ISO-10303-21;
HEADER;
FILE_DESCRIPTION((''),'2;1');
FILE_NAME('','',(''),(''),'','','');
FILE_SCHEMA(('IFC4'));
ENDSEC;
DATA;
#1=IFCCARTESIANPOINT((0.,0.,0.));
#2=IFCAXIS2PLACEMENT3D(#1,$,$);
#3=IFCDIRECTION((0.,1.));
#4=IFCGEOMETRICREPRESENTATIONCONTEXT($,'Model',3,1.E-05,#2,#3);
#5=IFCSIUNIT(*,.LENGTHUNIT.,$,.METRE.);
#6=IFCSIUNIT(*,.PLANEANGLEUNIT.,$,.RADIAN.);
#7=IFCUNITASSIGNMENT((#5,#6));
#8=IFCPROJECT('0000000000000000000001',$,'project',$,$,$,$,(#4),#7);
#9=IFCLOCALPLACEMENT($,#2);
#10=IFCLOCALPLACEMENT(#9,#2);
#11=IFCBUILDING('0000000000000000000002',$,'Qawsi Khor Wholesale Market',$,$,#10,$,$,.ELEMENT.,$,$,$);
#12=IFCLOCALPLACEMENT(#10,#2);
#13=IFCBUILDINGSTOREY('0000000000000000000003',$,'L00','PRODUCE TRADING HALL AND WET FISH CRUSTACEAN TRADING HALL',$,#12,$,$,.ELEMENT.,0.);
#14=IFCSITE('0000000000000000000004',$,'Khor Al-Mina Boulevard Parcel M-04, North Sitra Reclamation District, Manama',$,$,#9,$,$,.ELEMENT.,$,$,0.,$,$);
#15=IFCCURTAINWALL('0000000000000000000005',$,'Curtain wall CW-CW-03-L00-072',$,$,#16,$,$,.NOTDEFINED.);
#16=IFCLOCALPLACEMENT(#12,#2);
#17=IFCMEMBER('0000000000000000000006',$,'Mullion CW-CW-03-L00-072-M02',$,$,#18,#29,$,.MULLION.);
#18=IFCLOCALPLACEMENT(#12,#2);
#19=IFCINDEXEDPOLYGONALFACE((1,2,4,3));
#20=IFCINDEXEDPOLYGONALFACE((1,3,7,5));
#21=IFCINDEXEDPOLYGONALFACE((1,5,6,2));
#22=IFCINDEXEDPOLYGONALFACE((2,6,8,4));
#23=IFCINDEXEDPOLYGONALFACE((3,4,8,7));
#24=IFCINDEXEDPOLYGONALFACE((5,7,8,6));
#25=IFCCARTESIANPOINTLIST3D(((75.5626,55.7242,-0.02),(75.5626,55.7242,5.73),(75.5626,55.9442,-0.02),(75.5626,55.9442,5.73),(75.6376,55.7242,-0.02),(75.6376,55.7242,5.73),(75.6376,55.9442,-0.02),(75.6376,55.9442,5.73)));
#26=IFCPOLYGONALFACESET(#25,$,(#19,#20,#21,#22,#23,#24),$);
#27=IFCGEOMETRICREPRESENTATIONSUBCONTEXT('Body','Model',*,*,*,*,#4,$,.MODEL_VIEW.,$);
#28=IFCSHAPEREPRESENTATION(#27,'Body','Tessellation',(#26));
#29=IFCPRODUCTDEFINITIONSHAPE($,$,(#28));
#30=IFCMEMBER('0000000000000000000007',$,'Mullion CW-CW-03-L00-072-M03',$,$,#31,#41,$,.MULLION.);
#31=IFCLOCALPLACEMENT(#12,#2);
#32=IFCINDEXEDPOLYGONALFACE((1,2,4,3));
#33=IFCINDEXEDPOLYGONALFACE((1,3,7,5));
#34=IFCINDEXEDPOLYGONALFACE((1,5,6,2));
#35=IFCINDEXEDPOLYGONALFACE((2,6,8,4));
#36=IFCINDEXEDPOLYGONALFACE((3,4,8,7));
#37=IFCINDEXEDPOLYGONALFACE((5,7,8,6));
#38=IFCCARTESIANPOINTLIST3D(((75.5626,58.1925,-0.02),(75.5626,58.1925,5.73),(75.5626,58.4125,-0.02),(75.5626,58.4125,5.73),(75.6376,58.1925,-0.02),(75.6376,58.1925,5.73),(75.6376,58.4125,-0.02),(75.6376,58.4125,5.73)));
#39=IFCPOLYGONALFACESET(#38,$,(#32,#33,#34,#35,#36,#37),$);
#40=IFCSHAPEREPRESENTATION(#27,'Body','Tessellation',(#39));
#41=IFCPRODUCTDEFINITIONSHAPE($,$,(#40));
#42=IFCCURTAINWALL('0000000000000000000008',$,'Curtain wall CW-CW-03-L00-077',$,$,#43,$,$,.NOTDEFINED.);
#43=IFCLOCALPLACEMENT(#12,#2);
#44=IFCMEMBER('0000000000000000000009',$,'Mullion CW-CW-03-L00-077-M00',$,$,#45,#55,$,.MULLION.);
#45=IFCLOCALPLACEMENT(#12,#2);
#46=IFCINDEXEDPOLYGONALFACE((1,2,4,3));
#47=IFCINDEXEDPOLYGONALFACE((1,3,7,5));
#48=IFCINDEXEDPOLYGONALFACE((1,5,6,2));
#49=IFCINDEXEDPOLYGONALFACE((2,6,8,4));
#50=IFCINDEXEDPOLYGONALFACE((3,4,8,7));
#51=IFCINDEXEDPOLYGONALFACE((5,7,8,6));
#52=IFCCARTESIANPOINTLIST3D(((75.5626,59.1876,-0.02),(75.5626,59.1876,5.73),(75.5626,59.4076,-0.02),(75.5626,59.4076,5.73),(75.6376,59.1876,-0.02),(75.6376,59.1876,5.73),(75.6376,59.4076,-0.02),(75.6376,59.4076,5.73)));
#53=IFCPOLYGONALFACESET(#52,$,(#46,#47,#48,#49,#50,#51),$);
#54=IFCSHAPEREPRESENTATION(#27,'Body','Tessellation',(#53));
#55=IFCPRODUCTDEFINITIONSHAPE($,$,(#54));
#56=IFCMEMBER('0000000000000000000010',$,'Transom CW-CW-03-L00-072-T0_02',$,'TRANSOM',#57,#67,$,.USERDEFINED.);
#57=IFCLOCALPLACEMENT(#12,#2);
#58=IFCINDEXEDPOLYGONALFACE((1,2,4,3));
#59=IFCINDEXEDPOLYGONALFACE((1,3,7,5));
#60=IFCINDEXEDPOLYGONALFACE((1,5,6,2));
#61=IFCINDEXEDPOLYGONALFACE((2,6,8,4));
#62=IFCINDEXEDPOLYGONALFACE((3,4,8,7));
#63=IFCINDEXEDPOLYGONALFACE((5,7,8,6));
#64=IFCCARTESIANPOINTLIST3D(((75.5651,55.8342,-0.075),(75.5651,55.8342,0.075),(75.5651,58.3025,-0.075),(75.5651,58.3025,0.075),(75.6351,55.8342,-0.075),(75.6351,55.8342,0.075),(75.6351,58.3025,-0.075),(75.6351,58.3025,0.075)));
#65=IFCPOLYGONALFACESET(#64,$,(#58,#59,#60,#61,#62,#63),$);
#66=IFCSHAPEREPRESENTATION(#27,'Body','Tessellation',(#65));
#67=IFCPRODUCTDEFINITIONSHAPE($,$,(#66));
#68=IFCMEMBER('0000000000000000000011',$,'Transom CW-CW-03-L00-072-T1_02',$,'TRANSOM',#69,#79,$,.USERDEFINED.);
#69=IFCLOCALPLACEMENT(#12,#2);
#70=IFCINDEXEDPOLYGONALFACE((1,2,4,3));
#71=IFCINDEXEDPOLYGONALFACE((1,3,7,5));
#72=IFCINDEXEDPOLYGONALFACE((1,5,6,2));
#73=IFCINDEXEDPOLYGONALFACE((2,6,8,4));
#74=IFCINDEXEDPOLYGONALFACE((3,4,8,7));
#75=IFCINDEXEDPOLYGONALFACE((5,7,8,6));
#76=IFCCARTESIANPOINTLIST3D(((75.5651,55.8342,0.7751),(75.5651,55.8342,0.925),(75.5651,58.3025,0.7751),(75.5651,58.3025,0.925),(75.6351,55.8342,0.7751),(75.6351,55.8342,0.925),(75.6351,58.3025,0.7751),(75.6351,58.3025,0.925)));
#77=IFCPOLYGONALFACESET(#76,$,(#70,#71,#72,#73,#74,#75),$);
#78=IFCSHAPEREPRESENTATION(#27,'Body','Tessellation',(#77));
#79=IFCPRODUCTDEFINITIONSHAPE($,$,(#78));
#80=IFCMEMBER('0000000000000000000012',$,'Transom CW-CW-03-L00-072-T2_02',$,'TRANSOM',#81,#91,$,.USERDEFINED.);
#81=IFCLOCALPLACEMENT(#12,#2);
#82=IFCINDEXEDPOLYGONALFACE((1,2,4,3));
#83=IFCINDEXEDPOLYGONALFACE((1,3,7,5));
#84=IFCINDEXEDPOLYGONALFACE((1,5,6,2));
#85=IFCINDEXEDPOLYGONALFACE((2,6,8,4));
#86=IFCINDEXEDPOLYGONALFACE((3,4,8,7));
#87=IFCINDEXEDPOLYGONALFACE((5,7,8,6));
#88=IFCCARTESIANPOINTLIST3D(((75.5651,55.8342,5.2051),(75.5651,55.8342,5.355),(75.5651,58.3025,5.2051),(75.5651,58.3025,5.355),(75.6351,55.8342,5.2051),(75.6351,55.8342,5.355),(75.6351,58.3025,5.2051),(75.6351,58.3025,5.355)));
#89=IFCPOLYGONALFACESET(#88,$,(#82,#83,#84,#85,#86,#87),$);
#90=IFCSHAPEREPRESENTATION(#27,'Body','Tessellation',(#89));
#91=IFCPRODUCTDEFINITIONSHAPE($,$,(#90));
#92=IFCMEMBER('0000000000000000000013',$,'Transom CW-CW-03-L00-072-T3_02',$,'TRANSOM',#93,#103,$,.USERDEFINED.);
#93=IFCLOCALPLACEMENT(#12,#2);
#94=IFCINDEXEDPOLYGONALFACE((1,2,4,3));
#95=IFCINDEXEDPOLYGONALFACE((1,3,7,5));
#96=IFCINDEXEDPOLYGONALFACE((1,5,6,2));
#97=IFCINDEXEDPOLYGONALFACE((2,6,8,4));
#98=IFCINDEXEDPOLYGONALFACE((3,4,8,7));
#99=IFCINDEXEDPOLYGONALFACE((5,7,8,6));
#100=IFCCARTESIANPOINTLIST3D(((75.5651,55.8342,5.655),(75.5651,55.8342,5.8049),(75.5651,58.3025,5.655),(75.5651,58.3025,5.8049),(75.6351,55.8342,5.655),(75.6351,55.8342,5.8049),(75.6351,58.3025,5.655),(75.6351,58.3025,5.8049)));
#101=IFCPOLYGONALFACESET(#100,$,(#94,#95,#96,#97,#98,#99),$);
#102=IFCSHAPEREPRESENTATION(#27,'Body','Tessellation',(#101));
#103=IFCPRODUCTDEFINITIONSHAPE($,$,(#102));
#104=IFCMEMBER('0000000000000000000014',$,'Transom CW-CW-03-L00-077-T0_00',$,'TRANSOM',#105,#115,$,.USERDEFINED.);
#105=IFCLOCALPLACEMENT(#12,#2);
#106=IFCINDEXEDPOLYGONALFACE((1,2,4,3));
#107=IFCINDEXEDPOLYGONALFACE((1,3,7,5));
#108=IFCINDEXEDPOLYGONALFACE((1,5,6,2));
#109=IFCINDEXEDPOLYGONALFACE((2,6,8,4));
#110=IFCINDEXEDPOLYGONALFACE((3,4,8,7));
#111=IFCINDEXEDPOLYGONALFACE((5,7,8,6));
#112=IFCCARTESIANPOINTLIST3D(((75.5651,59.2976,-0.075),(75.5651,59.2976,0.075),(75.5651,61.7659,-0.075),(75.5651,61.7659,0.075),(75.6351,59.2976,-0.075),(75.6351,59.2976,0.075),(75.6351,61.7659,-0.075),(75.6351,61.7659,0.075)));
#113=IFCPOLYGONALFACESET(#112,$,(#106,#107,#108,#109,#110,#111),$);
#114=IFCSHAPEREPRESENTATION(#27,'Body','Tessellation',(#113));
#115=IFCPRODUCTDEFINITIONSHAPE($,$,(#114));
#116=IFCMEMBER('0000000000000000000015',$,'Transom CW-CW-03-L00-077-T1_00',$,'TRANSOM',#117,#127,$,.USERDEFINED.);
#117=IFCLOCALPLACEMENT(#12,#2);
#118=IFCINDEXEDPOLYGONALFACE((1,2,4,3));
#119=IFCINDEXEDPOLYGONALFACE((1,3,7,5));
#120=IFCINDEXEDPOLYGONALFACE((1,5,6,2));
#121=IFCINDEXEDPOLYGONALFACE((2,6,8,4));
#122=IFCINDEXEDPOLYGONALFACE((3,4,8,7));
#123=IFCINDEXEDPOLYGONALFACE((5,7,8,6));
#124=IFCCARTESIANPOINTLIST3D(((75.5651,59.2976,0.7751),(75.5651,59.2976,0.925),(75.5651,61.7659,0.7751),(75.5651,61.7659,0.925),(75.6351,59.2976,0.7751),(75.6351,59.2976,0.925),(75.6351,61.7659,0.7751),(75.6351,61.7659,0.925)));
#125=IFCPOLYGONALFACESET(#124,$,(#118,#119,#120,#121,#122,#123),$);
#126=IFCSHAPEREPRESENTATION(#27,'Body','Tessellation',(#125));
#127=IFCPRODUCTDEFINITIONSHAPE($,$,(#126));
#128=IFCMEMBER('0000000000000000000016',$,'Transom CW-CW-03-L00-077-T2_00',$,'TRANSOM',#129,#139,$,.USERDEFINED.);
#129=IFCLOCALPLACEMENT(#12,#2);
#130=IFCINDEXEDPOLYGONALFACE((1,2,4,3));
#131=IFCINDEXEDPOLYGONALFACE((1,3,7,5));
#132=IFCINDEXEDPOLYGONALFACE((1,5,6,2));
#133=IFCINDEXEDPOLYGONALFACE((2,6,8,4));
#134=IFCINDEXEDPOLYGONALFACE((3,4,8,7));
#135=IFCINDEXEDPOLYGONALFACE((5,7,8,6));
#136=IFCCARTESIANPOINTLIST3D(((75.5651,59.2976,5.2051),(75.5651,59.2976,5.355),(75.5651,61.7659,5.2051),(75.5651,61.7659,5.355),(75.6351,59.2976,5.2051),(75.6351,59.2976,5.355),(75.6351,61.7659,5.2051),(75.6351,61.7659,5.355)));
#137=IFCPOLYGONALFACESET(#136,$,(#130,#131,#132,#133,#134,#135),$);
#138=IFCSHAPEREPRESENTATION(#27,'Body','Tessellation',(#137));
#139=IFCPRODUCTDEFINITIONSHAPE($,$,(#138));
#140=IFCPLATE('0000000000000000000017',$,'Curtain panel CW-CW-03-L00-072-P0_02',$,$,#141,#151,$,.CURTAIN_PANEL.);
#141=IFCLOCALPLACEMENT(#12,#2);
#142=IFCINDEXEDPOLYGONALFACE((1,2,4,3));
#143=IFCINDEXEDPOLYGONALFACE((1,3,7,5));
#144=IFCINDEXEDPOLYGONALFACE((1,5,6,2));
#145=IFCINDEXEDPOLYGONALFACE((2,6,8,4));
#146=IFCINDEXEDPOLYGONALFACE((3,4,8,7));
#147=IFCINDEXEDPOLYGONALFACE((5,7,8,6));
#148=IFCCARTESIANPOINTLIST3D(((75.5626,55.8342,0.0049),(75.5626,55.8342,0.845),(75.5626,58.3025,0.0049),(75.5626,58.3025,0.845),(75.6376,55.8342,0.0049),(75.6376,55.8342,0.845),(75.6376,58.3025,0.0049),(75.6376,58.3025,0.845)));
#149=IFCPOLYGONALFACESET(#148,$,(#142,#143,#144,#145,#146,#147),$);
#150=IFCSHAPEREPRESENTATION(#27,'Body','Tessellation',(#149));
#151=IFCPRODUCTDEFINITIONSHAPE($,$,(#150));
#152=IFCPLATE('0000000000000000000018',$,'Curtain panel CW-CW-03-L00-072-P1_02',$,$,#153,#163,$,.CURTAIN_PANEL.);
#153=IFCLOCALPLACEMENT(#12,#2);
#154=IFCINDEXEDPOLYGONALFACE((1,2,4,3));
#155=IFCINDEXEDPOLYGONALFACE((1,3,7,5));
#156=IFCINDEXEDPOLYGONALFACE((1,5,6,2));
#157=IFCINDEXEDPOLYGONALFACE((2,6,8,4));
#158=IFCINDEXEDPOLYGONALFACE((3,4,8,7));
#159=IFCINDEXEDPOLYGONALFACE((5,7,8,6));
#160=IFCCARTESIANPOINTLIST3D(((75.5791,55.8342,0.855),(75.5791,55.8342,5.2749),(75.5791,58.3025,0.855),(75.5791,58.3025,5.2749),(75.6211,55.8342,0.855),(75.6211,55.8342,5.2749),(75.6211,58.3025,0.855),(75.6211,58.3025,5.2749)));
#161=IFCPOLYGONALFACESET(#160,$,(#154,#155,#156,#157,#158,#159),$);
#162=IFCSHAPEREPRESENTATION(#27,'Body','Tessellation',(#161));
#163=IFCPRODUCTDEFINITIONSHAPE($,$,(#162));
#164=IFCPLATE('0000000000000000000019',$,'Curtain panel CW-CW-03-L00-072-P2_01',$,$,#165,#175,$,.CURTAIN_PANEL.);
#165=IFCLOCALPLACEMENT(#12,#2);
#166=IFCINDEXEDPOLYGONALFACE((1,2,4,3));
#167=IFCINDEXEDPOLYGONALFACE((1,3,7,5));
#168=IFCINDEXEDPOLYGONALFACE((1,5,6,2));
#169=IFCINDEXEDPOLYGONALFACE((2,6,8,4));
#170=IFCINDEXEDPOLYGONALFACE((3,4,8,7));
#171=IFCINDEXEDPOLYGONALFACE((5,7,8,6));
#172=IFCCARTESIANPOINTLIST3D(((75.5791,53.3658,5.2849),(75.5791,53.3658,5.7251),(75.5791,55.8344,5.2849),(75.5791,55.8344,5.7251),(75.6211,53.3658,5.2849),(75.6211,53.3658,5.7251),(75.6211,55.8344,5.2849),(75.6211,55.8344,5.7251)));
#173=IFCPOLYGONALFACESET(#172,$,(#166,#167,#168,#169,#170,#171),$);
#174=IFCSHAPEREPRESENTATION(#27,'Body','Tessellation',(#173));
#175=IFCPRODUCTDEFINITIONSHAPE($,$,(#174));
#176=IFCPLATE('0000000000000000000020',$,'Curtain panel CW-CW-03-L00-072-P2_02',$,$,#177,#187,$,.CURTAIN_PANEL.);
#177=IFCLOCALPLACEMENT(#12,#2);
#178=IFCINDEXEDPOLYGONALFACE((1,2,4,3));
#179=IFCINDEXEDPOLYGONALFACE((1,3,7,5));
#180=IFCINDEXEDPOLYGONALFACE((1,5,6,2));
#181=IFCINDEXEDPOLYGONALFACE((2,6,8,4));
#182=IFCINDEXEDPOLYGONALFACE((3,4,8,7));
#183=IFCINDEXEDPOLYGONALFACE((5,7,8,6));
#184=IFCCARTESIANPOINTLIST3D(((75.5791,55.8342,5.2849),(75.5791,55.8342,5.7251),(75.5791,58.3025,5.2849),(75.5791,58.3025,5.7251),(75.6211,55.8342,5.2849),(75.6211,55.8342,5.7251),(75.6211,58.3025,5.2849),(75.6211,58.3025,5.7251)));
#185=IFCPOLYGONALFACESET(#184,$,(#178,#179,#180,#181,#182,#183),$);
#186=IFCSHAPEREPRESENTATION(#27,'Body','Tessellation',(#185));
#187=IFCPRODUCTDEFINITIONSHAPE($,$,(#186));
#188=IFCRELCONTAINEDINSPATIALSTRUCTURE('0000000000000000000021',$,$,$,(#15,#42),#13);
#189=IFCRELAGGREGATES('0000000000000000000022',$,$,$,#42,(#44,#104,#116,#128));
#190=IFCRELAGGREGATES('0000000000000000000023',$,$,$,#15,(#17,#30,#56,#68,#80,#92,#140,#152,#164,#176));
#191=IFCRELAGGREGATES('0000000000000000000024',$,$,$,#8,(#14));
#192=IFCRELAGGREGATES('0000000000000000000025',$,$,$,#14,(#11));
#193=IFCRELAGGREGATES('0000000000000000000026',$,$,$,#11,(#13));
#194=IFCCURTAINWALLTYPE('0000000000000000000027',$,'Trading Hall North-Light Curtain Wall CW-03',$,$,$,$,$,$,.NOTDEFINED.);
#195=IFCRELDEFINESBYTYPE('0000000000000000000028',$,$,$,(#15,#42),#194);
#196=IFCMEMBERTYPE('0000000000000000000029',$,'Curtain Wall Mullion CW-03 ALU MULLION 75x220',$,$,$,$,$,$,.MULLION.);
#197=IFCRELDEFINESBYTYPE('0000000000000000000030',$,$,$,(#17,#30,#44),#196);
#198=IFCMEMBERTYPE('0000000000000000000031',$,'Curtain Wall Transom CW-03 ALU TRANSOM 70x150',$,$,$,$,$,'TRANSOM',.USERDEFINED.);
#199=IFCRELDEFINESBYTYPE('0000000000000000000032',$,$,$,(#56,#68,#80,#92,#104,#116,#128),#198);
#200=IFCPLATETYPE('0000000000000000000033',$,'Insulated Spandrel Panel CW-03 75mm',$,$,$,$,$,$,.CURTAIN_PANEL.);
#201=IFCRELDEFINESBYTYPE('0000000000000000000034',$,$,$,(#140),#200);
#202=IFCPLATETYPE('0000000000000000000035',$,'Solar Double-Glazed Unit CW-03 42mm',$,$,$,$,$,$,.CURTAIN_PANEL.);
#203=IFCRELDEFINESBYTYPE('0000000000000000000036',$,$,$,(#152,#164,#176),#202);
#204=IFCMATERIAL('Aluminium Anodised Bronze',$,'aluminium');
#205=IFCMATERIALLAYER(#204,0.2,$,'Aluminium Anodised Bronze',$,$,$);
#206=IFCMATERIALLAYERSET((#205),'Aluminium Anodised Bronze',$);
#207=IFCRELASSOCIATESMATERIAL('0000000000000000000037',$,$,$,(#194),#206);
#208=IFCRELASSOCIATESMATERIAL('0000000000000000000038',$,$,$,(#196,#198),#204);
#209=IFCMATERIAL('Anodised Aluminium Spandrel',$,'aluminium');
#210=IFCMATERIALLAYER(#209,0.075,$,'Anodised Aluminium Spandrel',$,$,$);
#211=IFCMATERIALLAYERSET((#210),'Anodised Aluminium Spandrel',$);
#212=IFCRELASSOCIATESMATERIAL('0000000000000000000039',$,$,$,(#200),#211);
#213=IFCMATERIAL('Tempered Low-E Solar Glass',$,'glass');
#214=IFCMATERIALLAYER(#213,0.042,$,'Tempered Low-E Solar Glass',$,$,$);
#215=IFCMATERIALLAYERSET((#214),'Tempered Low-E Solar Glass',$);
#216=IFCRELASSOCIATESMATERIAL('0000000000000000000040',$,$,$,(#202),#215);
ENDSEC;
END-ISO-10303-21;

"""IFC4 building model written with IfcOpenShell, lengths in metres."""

from ifc_helpers import new_model, si_unit, direction, frame, frame_2d, origin, origin_2d, place, context, subcontext, project, spatial, rectangle, extrude, material, layer, layer_set, material_profile, profile_set, type_object, element, aggregate, save


model = new_model("IFC4")

# Units and contexts
model_context = context("Model", 3, precision=1e-05, world=origin(), true_north=direction((0.0, 1.0)))
body_context = subcontext(model_context, "Body", "Model", "MODEL_VIEW")
ifc_project = project(units=[si_unit("LENGTHUNIT", "METRE"), si_unit("PLANEANGLEUNIT", "RADIAN")], contexts=[model_context])

# Site, building, storey
site_placement = place(None, origin())
site = spatial("IfcSite", under=ifc_project, at=site_placement, Name="Khor Al-Mina Boulevard Parcel M-04, North Sitra Reclamation District, Manama", CompositionType="ELEMENT", RefElevation=0.0)
building_placement = place(site_placement, origin())
building = spatial("IfcBuilding", under=site, at=building_placement, Name="Qawsi Khor Wholesale Market", CompositionType="ELEMENT")
storey_placement = place(building_placement, origin())
storey = spatial("IfcBuildingStorey", under=building, at=storey_placement, Name="L00", Description="PRODUCE TRADING HALL AND WET FISH CRUSTACEAN TRADING HALL", CompositionType="ELEMENT", Elevation=0.0)

# Curtain wall, members
ifc_material_1 = material(Name="Aluminium Anodised Bronze", Category="aluminium")
ifc_layer_1 = layer(ifc_material_1, 0.2, Name="Aluminium Anodised Bronze")
ifc_layer_set_1 = layer_set([ifc_layer_1], Name="Aluminium Anodised Bronze")
curtain_wall_type = type_object("IfcCurtainWallType", Name="Trading Hall North-Light Curtain Wall CW-03", PredefinedType="NOTDEFINED", material=ifc_layer_set_1)
curtain_wall_1_placement = place(storey_placement, origin())
curtain_wall_1 = element("IfcCurtainWall", 1, at=curtain_wall_1_placement, inside=storey, type_object=curtain_wall_type, Name="Curtain wall CW-CW-03-L00-072", PredefinedType="NOTDEFINED")
ifc_material_profile_1 = material_profile(ifc_material_1, rectangle(XDim=0.075, YDim=0.22, at=origin_2d()), Name="ALU MULLION 75x220")
ifc_profile_set_1 = profile_set([ifc_material_profile_1], Name="Aluminium Anodised Bronze")
member_type_1 = type_object("IfcMemberType", Name="Curtain Wall Mullion CW-03 ALU MULLION 75x220", PredefinedType="MULLION", material=ifc_profile_set_1)
member_1_placement = place(storey_placement, frame((75.6001, 55.8342, -0.02), z_axis=(0.0, 0.0, 1.0), x_axis=(1.0, 0.0, 0.0)))
member_1 = element("IfcMember", 2, at=member_1_placement, type_object=member_type_1, Name="Mullion CW-CW-03-L00-072-M02", PredefinedType="MULLION", context=body_context, shape_type="SweptSolid", body=[
    extrude(rectangle(XDim=0.075, YDim=0.22, at=origin_2d()), origin(), (0.0, 0.0, 1.0), 5.75),
])
member_2_placement = place(storey_placement, frame((75.6001, 58.3025, -0.02), z_axis=(0.0, 0.0, 1.0), x_axis=(1.0, 0.0, 0.0)))
member_2 = element("IfcMember", 3, at=member_2_placement, type_object=member_type_1, Name="Mullion CW-CW-03-L00-072-M03", PredefinedType="MULLION", context=body_context, shape_type="SweptSolid", body=[
    extrude(rectangle(XDim=0.075, YDim=0.22, at=origin_2d()), origin(), (0.0, 0.0, 1.0), 5.75),
])

# Curtain wall, member
curtain_wall_2_placement = place(storey_placement, origin())
curtain_wall_2 = element("IfcCurtainWall", 4, at=curtain_wall_2_placement, inside=storey, type_object=curtain_wall_type, Name="Curtain wall CW-CW-03-L00-077", PredefinedType="NOTDEFINED")
member_3_placement = place(storey_placement, frame((75.6001, 59.2976, -0.02), z_axis=(0.0, 0.0, 1.0), x_axis=(1.0, 0.0, 0.0)))
member_3 = element("IfcMember", 5, at=member_3_placement, type_object=member_type_1, Name="Mullion CW-CW-03-L00-077-M00", PredefinedType="MULLION", context=body_context, shape_type="SweptSolid", body=[
    extrude(rectangle(XDim=0.075, YDim=0.22, at=origin_2d()), origin(), (0.0, 0.0, 1.0), 5.75),
])

# Members
ifc_material_profile_2 = material_profile(ifc_material_1, rectangle(XDim=0.0701, YDim=0.1499, at=origin_2d()), Name="ALU TRANSOM 70x150")
ifc_profile_set_2 = profile_set([ifc_material_profile_2], Name="Aluminium Anodised Bronze")
member_type_2 = type_object("IfcMemberType", Name="Curtain Wall Transom CW-03 ALU TRANSOM 70x150", ElementType="TRANSOM", PredefinedType="USERDEFINED", material=ifc_profile_set_2)
member_4_placement = place(storey_placement, frame((75.6001, 55.8342, 0.0), z_axis=(0.0, 1.0, 0.0), x_axis=(-1.0, 0.0, 0.0)))
member_4 = element("IfcMember", 6, at=member_4_placement, type_object=member_type_2, Name="Transom CW-CW-03-L00-072-T0_02", ObjectType="TRANSOM", PredefinedType="USERDEFINED", context=body_context, shape_type="SweptSolid", body=[
    extrude(rectangle(XDim=0.0701, YDim=0.1499, at=origin_2d()), origin(), (0.0, 0.0, 1.0), 2.4683),
])
member_5_placement = place(storey_placement, frame((75.6001, 55.8342, 0.8501), z_axis=(0.0, 1.0, 0.0), x_axis=(-1.0, 0.0, 0.0)))
member_5 = element("IfcMember", 7, at=member_5_placement, type_object=member_type_2, Name="Transom CW-CW-03-L00-072-T1_02", ObjectType="TRANSOM", PredefinedType="USERDEFINED", context=body_context, shape_type="SweptSolid", body=[
    extrude(rectangle(XDim=0.0701, YDim=0.1499, at=origin_2d()), origin(), (0.0, 0.0, 1.0), 2.4683),
])
member_6_placement = place(storey_placement, frame((75.6001, 55.8342, 5.28), z_axis=(0.0, 1.0, 0.0), x_axis=(-1.0, 0.0, 0.0)))
member_6 = element("IfcMember", 8, at=member_6_placement, type_object=member_type_2, Name="Transom CW-CW-03-L00-072-T2_02", ObjectType="TRANSOM", PredefinedType="USERDEFINED", context=body_context, shape_type="SweptSolid", body=[
    extrude(rectangle(XDim=0.0701, YDim=0.1499, at=origin_2d()), origin(), (0.0, 0.0, 1.0), 2.4683),
])
member_7_placement = place(storey_placement, frame((75.6001, 55.8342, 5.73), z_axis=(0.0, 1.0, 0.0), x_axis=(-1.0, 0.0, 0.0)))
member_7 = element("IfcMember", 9, at=member_7_placement, type_object=member_type_2, Name="Transom CW-CW-03-L00-072-T3_02", ObjectType="TRANSOM", PredefinedType="USERDEFINED", context=body_context, shape_type="SweptSolid", body=[
    extrude(rectangle(XDim=0.0701, YDim=0.1499, at=origin_2d()), origin(), (0.0, 0.0, 1.0), 2.4683),
])
member_8_placement = place(storey_placement, frame((75.6001, 59.2976, 0.0), z_axis=(0.0, 1.0, 0.0), x_axis=(-1.0, 0.0, 0.0)))
member_8 = element("IfcMember", 10, at=member_8_placement, type_object=member_type_2, Name="Transom CW-CW-03-L00-077-T0_00", ObjectType="TRANSOM", PredefinedType="USERDEFINED", context=body_context, shape_type="SweptSolid", body=[
    extrude(rectangle(XDim=0.0701, YDim=0.1499, at=origin_2d()), origin(), (0.0, 0.0, 1.0), 2.4683),
])
member_9_placement = place(storey_placement, frame((75.6001, 59.2976, 0.8501), z_axis=(0.0, 1.0, 0.0), x_axis=(-1.0, 0.0, 0.0)))
member_9 = element("IfcMember", 11, at=member_9_placement, type_object=member_type_2, Name="Transom CW-CW-03-L00-077-T1_00", ObjectType="TRANSOM", PredefinedType="USERDEFINED", context=body_context, shape_type="SweptSolid", body=[
    extrude(rectangle(XDim=0.0701, YDim=0.1499, at=origin_2d()), origin(), (0.0, 0.0, 1.0), 2.4683),
])
member_10_placement = place(storey_placement, frame((75.6001, 59.2976, 5.28), z_axis=(0.0, 1.0, 0.0), x_axis=(-1.0, 0.0, 0.0)))
member_10 = element("IfcMember", 12, at=member_10_placement, type_object=member_type_2, Name="Transom CW-CW-03-L00-077-T2_00", ObjectType="TRANSOM", PredefinedType="USERDEFINED", context=body_context, shape_type="SweptSolid", body=[
    extrude(rectangle(XDim=0.0701, YDim=0.1499, at=origin_2d()), origin(), (0.0, 0.0, 1.0), 2.4683),
])
aggregate(curtain_wall_2, [member_3, member_8, member_9, member_10])

# Plates
ifc_material_2 = material(Name="Anodised Aluminium Spandrel", Category="aluminium")
ifc_layer_2 = layer(ifc_material_2, 0.075, Name="Anodised Aluminium Spandrel")
ifc_layer_set_2 = layer_set([ifc_layer_2], Name="Anodised Aluminium Spandrel")
plate_type_1 = type_object("IfcPlateType", Name="Insulated Spandrel Panel CW-03 75mm", PredefinedType="CURTAIN_PANEL", material=ifc_layer_set_2)
plate_1_placement = place(storey_placement, frame((75.6001, 55.8342, 0.0049), z_axis=(0.0, 0.0, 1.0), x_axis=(0.0, 1.0, 0.0)))
plate_1 = element("IfcPlate", 13, at=plate_1_placement, type_object=plate_type_1, Name="Curtain panel CW-CW-03-L00-072-P0_02", PredefinedType="CURTAIN_PANEL", context=body_context, shape_type="SweptSolid", body=[
    extrude(rectangle(XDim=2.4683, YDim=0.075, at=frame_2d((1.2341, 0.0))), origin(), (0.0, 0.0, 1.0), 0.8401),
])
ifc_material_3 = material(Name="Tempered Low-E Solar Glass", Category="glass")
ifc_layer_3 = layer(ifc_material_3, 0.042, Name="Tempered Low-E Solar Glass")
ifc_layer_set_3 = layer_set([ifc_layer_3], Name="Tempered Low-E Solar Glass")
plate_type_2 = type_object("IfcPlateType", Name="Solar Double-Glazed Unit CW-03 42mm", PredefinedType="CURTAIN_PANEL", material=ifc_layer_set_3)
plate_2_placement = place(storey_placement, frame((75.6001, 55.8342, 0.855), z_axis=(0.0, 0.0, 1.0), x_axis=(0.0, 1.0, 0.0)))
plate_2 = element("IfcPlate", 14, at=plate_2_placement, type_object=plate_type_2, Name="Curtain panel CW-CW-03-L00-072-P1_02", PredefinedType="CURTAIN_PANEL", context=body_context, shape_type="SweptSolid", body=[
    extrude(rectangle(XDim=2.4683, YDim=0.042, at=frame_2d((1.2341, 0.0))), origin(), (0.0, 0.0, 1.0), 4.4199),
])
plate_3_placement = place(storey_placement, frame((75.6001, 53.3657, 5.2849), z_axis=(0.0, 0.0, 1.0), x_axis=(0.0, 1.0, 0.0)))
plate_3 = element("IfcPlate", 15, at=plate_3_placement, type_object=plate_type_2, Name="Curtain panel CW-CW-03-L00-072-P2_01", PredefinedType="CURTAIN_PANEL", context=body_context, shape_type="SweptSolid", body=[
    extrude(rectangle(XDim=2.4685, YDim=0.042, at=frame_2d((1.2344, 0.0))), origin(), (0.0, 0.0, 1.0), 0.4402),
])
plate_4_placement = place(storey_placement, frame((75.6001, 55.8342, 5.2849), z_axis=(0.0, 0.0, 1.0), x_axis=(0.0, 1.0, 0.0)))
plate_4 = element("IfcPlate", 16, at=plate_4_placement, type_object=plate_type_2, Name="Curtain panel CW-CW-03-L00-072-P2_02", PredefinedType="CURTAIN_PANEL", context=body_context, shape_type="SweptSolid", body=[
    extrude(rectangle(XDim=2.4683, YDim=0.042, at=frame_2d((1.2341, 0.0))), origin(), (0.0, 0.0, 1.0), 0.4402),
])
aggregate(curtain_wall_1, [member_1, member_2, member_4, member_5, member_6, member_7, plate_1, plate_2, plate_3, plate_4])

save(model, "model.ifc")
